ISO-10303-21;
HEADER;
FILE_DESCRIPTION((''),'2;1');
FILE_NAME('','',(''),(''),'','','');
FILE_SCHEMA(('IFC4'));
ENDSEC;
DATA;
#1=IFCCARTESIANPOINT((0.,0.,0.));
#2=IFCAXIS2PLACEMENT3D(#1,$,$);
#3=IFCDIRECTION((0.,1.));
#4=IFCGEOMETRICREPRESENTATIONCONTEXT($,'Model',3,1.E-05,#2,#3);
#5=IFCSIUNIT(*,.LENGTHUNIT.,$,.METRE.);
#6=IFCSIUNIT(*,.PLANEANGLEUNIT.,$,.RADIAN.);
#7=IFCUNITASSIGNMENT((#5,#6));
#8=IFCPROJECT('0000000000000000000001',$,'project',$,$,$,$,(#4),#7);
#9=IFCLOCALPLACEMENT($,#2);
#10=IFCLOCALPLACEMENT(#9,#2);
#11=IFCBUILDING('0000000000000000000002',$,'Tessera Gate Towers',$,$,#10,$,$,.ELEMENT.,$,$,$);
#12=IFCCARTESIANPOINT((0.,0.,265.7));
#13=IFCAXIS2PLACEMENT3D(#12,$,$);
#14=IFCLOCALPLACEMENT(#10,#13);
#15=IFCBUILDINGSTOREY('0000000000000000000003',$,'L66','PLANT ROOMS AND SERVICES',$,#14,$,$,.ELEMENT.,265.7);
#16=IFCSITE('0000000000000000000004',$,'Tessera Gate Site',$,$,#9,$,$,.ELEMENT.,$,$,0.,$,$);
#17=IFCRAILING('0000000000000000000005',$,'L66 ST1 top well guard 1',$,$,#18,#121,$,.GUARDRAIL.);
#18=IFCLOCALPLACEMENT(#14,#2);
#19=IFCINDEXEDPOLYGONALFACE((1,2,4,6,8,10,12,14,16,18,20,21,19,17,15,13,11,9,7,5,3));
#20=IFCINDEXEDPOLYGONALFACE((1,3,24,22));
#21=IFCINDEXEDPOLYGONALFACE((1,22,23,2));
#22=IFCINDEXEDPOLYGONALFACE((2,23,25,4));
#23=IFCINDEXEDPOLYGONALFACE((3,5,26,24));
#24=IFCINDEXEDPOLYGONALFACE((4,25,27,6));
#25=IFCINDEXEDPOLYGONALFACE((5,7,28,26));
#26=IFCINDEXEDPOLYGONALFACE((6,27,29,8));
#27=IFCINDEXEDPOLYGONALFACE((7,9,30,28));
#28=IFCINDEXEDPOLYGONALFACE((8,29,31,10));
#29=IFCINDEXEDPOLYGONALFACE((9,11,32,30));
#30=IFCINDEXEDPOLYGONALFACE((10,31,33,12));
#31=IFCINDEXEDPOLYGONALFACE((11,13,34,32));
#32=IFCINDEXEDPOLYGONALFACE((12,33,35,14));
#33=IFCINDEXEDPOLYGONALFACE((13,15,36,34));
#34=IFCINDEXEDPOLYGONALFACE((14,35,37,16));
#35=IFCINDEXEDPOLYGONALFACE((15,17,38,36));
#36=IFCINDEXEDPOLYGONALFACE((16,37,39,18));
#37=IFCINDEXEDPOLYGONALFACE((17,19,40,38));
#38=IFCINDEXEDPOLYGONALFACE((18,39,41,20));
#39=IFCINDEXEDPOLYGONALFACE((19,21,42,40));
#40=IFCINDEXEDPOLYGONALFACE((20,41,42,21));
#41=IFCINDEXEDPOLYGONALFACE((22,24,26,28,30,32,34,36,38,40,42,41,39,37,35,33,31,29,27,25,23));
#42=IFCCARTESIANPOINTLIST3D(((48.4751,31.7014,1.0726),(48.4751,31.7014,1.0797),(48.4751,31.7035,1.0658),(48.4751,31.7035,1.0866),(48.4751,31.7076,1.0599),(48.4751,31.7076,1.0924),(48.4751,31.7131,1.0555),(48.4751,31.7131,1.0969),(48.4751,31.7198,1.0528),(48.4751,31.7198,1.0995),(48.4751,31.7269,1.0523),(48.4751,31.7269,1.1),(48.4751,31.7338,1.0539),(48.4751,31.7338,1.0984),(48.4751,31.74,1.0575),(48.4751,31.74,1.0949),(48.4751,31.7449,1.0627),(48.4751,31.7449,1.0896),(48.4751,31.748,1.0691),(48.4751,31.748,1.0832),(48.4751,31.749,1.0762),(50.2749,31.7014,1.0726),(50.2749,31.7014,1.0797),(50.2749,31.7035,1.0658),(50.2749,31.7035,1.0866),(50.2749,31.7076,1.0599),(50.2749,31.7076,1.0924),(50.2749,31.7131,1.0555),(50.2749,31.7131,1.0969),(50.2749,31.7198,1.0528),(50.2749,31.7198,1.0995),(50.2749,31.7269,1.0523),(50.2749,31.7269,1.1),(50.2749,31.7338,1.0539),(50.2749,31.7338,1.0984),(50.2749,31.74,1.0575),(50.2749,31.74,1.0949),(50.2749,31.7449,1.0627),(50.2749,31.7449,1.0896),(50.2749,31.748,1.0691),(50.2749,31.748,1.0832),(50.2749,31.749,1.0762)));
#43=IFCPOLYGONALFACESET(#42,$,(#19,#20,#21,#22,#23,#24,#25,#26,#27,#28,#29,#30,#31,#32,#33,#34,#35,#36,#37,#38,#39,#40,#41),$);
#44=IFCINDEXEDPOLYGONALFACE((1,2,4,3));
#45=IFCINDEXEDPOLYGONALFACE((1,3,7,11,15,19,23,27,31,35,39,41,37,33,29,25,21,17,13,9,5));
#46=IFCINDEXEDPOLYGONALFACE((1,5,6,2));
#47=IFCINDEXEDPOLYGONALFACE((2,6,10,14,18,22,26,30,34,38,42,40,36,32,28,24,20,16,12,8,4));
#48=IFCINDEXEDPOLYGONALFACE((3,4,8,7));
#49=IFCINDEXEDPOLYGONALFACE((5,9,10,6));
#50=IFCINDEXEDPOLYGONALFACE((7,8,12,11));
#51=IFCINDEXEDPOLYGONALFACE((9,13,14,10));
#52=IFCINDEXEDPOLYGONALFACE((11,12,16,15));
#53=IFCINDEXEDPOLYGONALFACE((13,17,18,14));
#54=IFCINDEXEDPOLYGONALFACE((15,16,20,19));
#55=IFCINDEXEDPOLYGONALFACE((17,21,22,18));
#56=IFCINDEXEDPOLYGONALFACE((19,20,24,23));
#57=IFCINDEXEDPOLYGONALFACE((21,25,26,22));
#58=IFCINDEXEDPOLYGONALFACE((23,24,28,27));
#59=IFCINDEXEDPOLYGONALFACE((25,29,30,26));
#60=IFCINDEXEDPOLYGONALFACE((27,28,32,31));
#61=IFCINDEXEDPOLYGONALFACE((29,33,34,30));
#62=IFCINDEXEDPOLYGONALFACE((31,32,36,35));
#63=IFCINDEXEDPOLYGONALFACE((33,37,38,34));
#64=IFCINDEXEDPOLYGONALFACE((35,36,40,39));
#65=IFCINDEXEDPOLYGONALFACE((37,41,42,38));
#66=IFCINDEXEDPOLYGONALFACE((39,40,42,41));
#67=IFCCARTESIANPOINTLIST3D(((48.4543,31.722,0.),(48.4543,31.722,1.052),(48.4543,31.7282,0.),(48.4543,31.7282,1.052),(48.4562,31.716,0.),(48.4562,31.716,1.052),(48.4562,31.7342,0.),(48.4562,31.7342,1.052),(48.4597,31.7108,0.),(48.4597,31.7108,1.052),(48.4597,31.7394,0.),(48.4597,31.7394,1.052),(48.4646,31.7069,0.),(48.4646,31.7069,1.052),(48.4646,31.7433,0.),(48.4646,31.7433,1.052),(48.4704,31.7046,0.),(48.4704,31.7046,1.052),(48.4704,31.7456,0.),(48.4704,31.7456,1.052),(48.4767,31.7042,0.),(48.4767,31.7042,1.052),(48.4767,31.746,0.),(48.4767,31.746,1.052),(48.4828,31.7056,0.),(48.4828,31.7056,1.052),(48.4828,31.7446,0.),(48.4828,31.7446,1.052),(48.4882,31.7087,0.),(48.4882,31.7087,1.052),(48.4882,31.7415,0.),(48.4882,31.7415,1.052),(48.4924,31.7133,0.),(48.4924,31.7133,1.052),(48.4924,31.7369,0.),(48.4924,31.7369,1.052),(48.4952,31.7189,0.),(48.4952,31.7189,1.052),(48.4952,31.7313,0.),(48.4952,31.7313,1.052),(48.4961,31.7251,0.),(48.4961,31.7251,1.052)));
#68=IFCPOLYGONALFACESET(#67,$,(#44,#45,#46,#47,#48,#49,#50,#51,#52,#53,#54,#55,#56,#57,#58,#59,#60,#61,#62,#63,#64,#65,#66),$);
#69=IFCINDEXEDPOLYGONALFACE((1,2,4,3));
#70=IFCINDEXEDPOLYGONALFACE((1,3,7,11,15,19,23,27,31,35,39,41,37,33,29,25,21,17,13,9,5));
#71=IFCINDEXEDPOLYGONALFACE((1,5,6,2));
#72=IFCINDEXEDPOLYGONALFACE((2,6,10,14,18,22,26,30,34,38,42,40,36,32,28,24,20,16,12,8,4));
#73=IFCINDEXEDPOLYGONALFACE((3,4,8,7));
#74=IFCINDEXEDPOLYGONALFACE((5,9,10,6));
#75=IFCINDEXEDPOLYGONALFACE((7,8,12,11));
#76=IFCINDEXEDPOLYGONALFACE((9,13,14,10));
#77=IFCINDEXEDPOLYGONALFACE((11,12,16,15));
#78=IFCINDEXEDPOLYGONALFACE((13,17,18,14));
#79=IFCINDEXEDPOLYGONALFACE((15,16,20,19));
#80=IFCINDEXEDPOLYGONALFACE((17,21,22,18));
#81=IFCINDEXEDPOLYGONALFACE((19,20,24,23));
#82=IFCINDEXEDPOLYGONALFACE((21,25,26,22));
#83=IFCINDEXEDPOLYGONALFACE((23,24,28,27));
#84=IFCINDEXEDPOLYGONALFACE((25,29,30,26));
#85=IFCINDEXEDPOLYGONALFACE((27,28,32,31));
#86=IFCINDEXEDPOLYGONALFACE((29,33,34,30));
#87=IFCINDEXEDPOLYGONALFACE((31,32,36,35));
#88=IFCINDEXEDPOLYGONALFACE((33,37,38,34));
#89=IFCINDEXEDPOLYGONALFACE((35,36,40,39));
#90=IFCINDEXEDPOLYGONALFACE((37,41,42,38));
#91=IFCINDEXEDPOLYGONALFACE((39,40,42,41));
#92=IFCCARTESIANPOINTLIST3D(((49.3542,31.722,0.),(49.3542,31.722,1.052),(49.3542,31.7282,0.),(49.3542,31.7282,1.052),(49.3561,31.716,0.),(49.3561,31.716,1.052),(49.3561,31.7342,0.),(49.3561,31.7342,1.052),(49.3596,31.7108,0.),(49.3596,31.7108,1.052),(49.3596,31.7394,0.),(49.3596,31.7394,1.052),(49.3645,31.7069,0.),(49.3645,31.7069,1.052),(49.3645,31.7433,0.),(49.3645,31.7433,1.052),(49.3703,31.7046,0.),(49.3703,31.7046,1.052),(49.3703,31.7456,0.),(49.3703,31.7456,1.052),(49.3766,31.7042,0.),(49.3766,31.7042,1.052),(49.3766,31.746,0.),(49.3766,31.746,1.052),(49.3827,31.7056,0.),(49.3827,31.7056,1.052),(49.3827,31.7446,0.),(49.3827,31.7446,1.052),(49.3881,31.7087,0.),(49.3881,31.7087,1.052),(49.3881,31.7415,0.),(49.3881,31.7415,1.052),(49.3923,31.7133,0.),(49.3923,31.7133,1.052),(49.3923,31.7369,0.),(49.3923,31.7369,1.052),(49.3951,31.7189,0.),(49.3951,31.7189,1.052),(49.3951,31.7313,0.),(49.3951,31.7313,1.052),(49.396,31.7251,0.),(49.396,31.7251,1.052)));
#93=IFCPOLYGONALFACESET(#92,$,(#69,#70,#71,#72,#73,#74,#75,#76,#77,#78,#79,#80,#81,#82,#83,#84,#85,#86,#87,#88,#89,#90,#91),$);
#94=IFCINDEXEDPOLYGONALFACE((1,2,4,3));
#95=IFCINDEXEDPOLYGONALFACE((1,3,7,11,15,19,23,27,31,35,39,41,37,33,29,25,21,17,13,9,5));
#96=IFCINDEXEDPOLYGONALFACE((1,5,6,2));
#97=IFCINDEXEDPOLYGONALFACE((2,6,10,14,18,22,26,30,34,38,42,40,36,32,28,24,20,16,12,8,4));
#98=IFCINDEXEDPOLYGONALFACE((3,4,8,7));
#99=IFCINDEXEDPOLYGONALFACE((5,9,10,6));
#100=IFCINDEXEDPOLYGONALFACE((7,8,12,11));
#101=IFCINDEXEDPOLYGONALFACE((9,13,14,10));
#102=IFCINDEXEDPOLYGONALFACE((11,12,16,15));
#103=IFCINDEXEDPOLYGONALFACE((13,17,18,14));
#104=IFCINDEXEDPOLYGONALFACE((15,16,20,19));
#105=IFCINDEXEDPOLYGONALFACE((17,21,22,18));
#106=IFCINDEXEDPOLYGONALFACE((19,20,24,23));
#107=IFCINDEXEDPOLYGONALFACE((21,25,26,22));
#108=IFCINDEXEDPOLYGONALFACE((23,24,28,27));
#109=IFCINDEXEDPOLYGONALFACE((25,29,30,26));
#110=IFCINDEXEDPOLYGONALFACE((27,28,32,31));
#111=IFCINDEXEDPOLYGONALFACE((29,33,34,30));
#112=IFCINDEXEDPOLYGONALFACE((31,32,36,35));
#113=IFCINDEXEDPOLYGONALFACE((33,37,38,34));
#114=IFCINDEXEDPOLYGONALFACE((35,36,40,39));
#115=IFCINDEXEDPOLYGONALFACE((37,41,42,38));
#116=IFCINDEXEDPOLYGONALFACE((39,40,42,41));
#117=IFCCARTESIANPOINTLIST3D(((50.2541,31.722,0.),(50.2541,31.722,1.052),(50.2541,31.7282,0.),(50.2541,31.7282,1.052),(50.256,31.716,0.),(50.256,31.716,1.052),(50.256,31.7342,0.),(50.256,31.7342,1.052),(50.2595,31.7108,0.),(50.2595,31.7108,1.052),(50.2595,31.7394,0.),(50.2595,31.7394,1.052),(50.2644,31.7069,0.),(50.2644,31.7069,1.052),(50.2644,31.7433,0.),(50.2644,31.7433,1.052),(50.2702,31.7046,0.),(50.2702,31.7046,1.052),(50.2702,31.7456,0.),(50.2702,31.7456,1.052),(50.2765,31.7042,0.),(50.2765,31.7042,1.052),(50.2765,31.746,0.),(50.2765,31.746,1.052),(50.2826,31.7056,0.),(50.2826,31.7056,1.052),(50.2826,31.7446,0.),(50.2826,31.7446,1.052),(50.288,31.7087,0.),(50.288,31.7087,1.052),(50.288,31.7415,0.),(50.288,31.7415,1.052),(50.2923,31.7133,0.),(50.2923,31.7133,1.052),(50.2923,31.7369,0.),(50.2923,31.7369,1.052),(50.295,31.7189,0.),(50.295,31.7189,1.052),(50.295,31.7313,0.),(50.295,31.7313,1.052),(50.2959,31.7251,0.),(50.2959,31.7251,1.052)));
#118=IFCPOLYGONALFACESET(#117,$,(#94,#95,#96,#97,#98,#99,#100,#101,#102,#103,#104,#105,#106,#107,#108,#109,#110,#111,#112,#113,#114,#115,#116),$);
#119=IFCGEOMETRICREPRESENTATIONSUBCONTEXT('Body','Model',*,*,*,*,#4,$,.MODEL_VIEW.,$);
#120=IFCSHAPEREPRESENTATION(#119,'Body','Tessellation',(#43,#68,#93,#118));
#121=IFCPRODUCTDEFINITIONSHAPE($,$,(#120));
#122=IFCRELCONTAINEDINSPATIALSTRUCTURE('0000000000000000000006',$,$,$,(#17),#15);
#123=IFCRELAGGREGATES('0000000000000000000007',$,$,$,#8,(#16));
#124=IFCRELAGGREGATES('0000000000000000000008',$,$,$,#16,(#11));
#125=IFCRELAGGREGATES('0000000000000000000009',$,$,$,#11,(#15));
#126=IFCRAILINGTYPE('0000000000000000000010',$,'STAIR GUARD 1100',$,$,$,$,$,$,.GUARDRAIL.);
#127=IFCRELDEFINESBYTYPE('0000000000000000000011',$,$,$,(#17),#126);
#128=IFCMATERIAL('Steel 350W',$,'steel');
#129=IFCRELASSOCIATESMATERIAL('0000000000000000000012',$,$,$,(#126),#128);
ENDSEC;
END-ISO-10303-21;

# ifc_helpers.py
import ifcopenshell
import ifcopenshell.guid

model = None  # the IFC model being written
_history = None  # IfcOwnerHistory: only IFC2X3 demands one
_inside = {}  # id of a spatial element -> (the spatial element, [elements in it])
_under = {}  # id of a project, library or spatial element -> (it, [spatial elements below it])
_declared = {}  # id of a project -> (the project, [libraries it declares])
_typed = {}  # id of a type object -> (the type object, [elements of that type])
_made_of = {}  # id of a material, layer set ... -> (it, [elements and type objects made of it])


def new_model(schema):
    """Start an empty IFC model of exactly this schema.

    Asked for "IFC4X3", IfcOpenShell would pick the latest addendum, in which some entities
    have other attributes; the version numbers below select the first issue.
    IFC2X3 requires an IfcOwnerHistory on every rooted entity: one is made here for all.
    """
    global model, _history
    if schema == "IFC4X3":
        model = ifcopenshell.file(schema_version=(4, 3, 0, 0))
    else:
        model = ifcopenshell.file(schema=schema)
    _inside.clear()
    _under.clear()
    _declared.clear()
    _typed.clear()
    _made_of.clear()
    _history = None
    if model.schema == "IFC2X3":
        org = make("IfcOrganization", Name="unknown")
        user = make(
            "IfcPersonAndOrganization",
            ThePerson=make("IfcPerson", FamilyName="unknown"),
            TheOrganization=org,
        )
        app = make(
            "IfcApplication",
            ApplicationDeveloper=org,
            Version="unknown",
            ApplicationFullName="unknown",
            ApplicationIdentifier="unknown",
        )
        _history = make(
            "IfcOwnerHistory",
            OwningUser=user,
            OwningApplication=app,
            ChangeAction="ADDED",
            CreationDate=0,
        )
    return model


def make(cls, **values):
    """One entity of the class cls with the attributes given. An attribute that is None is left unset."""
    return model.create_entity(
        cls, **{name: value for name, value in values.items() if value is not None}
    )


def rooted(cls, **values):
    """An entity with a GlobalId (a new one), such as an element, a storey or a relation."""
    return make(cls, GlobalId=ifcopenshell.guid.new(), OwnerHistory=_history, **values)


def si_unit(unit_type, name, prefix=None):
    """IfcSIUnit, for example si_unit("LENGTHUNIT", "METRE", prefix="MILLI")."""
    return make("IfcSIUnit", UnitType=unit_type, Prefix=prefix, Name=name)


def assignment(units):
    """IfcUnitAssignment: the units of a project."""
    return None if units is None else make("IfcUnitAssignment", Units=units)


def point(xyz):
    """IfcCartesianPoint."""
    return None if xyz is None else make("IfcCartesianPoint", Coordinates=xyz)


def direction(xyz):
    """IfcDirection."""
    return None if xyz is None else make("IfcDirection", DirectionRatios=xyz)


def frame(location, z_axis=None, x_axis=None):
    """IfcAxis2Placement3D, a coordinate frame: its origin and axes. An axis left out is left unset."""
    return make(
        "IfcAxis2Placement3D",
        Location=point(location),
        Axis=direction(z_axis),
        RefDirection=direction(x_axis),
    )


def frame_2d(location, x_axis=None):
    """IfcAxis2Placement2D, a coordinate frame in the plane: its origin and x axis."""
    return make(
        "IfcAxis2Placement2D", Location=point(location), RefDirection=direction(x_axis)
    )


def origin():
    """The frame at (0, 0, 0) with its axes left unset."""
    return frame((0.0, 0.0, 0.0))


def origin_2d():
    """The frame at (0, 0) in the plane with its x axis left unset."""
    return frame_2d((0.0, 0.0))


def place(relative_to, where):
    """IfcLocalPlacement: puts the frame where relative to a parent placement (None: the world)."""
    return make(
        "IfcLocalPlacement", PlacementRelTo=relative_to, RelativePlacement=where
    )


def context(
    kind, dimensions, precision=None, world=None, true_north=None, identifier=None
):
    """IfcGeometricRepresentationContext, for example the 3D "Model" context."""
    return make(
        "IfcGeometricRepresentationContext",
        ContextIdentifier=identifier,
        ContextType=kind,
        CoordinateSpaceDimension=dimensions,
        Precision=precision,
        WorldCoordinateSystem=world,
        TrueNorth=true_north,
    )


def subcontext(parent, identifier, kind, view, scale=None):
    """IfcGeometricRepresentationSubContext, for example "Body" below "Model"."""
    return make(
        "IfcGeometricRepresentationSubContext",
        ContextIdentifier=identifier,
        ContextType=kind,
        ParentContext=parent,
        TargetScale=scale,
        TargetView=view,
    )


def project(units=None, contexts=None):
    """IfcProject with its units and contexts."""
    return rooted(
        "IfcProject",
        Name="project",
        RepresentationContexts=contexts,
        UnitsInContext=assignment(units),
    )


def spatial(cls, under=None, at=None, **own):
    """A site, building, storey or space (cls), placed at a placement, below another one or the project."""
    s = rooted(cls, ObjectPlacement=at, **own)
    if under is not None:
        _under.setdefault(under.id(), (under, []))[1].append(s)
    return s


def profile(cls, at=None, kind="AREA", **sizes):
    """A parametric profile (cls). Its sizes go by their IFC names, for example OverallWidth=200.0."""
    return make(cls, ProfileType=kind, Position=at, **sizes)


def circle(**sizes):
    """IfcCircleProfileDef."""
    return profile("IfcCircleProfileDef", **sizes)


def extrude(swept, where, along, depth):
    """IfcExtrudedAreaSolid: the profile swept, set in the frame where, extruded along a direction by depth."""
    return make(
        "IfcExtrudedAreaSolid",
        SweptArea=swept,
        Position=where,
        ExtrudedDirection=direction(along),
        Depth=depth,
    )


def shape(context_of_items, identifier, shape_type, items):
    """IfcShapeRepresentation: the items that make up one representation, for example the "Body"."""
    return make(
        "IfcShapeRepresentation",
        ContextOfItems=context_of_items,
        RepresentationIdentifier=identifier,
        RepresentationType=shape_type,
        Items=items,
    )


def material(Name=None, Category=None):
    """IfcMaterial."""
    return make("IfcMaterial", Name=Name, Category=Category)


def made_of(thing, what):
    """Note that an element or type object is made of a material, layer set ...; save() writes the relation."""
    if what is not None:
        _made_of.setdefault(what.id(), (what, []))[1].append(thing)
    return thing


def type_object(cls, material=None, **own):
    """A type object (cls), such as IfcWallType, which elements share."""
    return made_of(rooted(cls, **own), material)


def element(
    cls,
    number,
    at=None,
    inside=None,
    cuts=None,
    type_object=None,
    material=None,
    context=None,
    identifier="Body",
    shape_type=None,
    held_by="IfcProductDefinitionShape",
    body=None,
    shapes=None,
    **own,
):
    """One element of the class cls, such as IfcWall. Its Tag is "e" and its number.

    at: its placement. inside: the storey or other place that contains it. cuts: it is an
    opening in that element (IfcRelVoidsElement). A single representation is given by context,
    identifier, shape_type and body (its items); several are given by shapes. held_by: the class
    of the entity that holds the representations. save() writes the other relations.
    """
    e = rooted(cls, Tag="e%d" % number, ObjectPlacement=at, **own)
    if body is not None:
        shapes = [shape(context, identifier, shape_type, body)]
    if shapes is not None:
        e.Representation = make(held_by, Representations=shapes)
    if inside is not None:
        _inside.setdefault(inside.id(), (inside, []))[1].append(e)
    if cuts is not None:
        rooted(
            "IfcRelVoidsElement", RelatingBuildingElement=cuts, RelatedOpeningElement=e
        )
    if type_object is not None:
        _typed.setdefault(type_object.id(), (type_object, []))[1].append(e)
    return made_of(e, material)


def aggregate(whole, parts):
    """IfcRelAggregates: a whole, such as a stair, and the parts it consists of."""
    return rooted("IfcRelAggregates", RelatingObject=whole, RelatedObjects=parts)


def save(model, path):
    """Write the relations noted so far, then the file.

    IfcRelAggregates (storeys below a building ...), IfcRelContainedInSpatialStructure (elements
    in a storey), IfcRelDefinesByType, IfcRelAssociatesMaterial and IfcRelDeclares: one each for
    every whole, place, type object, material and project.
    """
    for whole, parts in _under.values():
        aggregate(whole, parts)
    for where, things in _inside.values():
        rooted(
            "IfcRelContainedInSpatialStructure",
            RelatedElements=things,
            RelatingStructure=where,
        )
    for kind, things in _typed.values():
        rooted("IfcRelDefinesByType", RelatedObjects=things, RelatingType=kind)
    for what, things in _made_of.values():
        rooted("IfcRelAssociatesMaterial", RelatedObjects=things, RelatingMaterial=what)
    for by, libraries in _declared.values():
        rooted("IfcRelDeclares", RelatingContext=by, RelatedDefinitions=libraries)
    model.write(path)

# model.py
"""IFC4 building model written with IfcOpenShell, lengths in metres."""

from ifc_helpers import new_model, si_unit, direction, frame, origin, origin_2d, place, context, subcontext, project, spatial, circle, extrude, material, type_object, element, save


model = new_model("IFC4")

# Units and contexts
model_context = context("Model", 3, precision=1e-05, world=origin(), true_north=direction((0.0, 1.0)))
body_context = subcontext(model_context, "Body", "Model", "MODEL_VIEW")
ifc_project = project(units=[si_unit("LENGTHUNIT", "METRE"), si_unit("PLANEANGLEUNIT", "RADIAN")], contexts=[model_context])

# Site, building, storey
site_placement = place(None, origin())
site = spatial("IfcSite", under=ifc_project, at=site_placement, Name="Tessera Gate Site", CompositionType="ELEMENT", RefElevation=0.0)
building_placement = place(site_placement, origin())
building = spatial("IfcBuilding", under=site, at=building_placement, Name="Tessera Gate Towers", CompositionType="ELEMENT")
storey_placement = place(building_placement, frame((0.0, 0.0, 265.7)))
storey = spatial("IfcBuildingStorey", under=building, at=storey_placement, Name="L66", Description="PLANT ROOMS AND SERVICES", CompositionType="ELEMENT", Elevation=265.7)

# Railing
ifc_material_1 = material(Name="Steel 350W", Category="steel")
railing_type = type_object("IfcRailingType", Name="STAIR GUARD 1100", PredefinedType="GUARDRAIL", material=ifc_material_1)
railing_placement = place(storey_placement, frame((48.4751, 31.7251, 0.0)))
element("IfcRailing", 1, at=railing_placement, inside=storey, type_object=railing_type, Name="L66 ST1 top well guard 1", PredefinedType="GUARDRAIL", context=body_context, shape_type="SweptSolid", body=[
    extrude(circle(Radius=0.0239, at=origin_2d()), frame((0.0, 0.0, 1.0762), z_axis=(1.0, 0.0, 0.0), x_axis=(0.0, 1.0, 0.0)), (0.0, 0.0, 1.0), 1.7998),
    extrude(circle(Radius=0.021, at=origin_2d()), origin(), (0.0, 0.0, 1.0), 1.052),
    extrude(circle(Radius=0.021, at=origin_2d()), frame((0.8999, 0.0, 0.0)), (0.0, 0.0, 1.0), 1.052),
    extrude(circle(Radius=0.021, at=origin_2d()), frame((1.7998, 0.0, 0.0)), (0.0, 0.0, 1.0), 1.052),
])

save(model, "model.ifc")
